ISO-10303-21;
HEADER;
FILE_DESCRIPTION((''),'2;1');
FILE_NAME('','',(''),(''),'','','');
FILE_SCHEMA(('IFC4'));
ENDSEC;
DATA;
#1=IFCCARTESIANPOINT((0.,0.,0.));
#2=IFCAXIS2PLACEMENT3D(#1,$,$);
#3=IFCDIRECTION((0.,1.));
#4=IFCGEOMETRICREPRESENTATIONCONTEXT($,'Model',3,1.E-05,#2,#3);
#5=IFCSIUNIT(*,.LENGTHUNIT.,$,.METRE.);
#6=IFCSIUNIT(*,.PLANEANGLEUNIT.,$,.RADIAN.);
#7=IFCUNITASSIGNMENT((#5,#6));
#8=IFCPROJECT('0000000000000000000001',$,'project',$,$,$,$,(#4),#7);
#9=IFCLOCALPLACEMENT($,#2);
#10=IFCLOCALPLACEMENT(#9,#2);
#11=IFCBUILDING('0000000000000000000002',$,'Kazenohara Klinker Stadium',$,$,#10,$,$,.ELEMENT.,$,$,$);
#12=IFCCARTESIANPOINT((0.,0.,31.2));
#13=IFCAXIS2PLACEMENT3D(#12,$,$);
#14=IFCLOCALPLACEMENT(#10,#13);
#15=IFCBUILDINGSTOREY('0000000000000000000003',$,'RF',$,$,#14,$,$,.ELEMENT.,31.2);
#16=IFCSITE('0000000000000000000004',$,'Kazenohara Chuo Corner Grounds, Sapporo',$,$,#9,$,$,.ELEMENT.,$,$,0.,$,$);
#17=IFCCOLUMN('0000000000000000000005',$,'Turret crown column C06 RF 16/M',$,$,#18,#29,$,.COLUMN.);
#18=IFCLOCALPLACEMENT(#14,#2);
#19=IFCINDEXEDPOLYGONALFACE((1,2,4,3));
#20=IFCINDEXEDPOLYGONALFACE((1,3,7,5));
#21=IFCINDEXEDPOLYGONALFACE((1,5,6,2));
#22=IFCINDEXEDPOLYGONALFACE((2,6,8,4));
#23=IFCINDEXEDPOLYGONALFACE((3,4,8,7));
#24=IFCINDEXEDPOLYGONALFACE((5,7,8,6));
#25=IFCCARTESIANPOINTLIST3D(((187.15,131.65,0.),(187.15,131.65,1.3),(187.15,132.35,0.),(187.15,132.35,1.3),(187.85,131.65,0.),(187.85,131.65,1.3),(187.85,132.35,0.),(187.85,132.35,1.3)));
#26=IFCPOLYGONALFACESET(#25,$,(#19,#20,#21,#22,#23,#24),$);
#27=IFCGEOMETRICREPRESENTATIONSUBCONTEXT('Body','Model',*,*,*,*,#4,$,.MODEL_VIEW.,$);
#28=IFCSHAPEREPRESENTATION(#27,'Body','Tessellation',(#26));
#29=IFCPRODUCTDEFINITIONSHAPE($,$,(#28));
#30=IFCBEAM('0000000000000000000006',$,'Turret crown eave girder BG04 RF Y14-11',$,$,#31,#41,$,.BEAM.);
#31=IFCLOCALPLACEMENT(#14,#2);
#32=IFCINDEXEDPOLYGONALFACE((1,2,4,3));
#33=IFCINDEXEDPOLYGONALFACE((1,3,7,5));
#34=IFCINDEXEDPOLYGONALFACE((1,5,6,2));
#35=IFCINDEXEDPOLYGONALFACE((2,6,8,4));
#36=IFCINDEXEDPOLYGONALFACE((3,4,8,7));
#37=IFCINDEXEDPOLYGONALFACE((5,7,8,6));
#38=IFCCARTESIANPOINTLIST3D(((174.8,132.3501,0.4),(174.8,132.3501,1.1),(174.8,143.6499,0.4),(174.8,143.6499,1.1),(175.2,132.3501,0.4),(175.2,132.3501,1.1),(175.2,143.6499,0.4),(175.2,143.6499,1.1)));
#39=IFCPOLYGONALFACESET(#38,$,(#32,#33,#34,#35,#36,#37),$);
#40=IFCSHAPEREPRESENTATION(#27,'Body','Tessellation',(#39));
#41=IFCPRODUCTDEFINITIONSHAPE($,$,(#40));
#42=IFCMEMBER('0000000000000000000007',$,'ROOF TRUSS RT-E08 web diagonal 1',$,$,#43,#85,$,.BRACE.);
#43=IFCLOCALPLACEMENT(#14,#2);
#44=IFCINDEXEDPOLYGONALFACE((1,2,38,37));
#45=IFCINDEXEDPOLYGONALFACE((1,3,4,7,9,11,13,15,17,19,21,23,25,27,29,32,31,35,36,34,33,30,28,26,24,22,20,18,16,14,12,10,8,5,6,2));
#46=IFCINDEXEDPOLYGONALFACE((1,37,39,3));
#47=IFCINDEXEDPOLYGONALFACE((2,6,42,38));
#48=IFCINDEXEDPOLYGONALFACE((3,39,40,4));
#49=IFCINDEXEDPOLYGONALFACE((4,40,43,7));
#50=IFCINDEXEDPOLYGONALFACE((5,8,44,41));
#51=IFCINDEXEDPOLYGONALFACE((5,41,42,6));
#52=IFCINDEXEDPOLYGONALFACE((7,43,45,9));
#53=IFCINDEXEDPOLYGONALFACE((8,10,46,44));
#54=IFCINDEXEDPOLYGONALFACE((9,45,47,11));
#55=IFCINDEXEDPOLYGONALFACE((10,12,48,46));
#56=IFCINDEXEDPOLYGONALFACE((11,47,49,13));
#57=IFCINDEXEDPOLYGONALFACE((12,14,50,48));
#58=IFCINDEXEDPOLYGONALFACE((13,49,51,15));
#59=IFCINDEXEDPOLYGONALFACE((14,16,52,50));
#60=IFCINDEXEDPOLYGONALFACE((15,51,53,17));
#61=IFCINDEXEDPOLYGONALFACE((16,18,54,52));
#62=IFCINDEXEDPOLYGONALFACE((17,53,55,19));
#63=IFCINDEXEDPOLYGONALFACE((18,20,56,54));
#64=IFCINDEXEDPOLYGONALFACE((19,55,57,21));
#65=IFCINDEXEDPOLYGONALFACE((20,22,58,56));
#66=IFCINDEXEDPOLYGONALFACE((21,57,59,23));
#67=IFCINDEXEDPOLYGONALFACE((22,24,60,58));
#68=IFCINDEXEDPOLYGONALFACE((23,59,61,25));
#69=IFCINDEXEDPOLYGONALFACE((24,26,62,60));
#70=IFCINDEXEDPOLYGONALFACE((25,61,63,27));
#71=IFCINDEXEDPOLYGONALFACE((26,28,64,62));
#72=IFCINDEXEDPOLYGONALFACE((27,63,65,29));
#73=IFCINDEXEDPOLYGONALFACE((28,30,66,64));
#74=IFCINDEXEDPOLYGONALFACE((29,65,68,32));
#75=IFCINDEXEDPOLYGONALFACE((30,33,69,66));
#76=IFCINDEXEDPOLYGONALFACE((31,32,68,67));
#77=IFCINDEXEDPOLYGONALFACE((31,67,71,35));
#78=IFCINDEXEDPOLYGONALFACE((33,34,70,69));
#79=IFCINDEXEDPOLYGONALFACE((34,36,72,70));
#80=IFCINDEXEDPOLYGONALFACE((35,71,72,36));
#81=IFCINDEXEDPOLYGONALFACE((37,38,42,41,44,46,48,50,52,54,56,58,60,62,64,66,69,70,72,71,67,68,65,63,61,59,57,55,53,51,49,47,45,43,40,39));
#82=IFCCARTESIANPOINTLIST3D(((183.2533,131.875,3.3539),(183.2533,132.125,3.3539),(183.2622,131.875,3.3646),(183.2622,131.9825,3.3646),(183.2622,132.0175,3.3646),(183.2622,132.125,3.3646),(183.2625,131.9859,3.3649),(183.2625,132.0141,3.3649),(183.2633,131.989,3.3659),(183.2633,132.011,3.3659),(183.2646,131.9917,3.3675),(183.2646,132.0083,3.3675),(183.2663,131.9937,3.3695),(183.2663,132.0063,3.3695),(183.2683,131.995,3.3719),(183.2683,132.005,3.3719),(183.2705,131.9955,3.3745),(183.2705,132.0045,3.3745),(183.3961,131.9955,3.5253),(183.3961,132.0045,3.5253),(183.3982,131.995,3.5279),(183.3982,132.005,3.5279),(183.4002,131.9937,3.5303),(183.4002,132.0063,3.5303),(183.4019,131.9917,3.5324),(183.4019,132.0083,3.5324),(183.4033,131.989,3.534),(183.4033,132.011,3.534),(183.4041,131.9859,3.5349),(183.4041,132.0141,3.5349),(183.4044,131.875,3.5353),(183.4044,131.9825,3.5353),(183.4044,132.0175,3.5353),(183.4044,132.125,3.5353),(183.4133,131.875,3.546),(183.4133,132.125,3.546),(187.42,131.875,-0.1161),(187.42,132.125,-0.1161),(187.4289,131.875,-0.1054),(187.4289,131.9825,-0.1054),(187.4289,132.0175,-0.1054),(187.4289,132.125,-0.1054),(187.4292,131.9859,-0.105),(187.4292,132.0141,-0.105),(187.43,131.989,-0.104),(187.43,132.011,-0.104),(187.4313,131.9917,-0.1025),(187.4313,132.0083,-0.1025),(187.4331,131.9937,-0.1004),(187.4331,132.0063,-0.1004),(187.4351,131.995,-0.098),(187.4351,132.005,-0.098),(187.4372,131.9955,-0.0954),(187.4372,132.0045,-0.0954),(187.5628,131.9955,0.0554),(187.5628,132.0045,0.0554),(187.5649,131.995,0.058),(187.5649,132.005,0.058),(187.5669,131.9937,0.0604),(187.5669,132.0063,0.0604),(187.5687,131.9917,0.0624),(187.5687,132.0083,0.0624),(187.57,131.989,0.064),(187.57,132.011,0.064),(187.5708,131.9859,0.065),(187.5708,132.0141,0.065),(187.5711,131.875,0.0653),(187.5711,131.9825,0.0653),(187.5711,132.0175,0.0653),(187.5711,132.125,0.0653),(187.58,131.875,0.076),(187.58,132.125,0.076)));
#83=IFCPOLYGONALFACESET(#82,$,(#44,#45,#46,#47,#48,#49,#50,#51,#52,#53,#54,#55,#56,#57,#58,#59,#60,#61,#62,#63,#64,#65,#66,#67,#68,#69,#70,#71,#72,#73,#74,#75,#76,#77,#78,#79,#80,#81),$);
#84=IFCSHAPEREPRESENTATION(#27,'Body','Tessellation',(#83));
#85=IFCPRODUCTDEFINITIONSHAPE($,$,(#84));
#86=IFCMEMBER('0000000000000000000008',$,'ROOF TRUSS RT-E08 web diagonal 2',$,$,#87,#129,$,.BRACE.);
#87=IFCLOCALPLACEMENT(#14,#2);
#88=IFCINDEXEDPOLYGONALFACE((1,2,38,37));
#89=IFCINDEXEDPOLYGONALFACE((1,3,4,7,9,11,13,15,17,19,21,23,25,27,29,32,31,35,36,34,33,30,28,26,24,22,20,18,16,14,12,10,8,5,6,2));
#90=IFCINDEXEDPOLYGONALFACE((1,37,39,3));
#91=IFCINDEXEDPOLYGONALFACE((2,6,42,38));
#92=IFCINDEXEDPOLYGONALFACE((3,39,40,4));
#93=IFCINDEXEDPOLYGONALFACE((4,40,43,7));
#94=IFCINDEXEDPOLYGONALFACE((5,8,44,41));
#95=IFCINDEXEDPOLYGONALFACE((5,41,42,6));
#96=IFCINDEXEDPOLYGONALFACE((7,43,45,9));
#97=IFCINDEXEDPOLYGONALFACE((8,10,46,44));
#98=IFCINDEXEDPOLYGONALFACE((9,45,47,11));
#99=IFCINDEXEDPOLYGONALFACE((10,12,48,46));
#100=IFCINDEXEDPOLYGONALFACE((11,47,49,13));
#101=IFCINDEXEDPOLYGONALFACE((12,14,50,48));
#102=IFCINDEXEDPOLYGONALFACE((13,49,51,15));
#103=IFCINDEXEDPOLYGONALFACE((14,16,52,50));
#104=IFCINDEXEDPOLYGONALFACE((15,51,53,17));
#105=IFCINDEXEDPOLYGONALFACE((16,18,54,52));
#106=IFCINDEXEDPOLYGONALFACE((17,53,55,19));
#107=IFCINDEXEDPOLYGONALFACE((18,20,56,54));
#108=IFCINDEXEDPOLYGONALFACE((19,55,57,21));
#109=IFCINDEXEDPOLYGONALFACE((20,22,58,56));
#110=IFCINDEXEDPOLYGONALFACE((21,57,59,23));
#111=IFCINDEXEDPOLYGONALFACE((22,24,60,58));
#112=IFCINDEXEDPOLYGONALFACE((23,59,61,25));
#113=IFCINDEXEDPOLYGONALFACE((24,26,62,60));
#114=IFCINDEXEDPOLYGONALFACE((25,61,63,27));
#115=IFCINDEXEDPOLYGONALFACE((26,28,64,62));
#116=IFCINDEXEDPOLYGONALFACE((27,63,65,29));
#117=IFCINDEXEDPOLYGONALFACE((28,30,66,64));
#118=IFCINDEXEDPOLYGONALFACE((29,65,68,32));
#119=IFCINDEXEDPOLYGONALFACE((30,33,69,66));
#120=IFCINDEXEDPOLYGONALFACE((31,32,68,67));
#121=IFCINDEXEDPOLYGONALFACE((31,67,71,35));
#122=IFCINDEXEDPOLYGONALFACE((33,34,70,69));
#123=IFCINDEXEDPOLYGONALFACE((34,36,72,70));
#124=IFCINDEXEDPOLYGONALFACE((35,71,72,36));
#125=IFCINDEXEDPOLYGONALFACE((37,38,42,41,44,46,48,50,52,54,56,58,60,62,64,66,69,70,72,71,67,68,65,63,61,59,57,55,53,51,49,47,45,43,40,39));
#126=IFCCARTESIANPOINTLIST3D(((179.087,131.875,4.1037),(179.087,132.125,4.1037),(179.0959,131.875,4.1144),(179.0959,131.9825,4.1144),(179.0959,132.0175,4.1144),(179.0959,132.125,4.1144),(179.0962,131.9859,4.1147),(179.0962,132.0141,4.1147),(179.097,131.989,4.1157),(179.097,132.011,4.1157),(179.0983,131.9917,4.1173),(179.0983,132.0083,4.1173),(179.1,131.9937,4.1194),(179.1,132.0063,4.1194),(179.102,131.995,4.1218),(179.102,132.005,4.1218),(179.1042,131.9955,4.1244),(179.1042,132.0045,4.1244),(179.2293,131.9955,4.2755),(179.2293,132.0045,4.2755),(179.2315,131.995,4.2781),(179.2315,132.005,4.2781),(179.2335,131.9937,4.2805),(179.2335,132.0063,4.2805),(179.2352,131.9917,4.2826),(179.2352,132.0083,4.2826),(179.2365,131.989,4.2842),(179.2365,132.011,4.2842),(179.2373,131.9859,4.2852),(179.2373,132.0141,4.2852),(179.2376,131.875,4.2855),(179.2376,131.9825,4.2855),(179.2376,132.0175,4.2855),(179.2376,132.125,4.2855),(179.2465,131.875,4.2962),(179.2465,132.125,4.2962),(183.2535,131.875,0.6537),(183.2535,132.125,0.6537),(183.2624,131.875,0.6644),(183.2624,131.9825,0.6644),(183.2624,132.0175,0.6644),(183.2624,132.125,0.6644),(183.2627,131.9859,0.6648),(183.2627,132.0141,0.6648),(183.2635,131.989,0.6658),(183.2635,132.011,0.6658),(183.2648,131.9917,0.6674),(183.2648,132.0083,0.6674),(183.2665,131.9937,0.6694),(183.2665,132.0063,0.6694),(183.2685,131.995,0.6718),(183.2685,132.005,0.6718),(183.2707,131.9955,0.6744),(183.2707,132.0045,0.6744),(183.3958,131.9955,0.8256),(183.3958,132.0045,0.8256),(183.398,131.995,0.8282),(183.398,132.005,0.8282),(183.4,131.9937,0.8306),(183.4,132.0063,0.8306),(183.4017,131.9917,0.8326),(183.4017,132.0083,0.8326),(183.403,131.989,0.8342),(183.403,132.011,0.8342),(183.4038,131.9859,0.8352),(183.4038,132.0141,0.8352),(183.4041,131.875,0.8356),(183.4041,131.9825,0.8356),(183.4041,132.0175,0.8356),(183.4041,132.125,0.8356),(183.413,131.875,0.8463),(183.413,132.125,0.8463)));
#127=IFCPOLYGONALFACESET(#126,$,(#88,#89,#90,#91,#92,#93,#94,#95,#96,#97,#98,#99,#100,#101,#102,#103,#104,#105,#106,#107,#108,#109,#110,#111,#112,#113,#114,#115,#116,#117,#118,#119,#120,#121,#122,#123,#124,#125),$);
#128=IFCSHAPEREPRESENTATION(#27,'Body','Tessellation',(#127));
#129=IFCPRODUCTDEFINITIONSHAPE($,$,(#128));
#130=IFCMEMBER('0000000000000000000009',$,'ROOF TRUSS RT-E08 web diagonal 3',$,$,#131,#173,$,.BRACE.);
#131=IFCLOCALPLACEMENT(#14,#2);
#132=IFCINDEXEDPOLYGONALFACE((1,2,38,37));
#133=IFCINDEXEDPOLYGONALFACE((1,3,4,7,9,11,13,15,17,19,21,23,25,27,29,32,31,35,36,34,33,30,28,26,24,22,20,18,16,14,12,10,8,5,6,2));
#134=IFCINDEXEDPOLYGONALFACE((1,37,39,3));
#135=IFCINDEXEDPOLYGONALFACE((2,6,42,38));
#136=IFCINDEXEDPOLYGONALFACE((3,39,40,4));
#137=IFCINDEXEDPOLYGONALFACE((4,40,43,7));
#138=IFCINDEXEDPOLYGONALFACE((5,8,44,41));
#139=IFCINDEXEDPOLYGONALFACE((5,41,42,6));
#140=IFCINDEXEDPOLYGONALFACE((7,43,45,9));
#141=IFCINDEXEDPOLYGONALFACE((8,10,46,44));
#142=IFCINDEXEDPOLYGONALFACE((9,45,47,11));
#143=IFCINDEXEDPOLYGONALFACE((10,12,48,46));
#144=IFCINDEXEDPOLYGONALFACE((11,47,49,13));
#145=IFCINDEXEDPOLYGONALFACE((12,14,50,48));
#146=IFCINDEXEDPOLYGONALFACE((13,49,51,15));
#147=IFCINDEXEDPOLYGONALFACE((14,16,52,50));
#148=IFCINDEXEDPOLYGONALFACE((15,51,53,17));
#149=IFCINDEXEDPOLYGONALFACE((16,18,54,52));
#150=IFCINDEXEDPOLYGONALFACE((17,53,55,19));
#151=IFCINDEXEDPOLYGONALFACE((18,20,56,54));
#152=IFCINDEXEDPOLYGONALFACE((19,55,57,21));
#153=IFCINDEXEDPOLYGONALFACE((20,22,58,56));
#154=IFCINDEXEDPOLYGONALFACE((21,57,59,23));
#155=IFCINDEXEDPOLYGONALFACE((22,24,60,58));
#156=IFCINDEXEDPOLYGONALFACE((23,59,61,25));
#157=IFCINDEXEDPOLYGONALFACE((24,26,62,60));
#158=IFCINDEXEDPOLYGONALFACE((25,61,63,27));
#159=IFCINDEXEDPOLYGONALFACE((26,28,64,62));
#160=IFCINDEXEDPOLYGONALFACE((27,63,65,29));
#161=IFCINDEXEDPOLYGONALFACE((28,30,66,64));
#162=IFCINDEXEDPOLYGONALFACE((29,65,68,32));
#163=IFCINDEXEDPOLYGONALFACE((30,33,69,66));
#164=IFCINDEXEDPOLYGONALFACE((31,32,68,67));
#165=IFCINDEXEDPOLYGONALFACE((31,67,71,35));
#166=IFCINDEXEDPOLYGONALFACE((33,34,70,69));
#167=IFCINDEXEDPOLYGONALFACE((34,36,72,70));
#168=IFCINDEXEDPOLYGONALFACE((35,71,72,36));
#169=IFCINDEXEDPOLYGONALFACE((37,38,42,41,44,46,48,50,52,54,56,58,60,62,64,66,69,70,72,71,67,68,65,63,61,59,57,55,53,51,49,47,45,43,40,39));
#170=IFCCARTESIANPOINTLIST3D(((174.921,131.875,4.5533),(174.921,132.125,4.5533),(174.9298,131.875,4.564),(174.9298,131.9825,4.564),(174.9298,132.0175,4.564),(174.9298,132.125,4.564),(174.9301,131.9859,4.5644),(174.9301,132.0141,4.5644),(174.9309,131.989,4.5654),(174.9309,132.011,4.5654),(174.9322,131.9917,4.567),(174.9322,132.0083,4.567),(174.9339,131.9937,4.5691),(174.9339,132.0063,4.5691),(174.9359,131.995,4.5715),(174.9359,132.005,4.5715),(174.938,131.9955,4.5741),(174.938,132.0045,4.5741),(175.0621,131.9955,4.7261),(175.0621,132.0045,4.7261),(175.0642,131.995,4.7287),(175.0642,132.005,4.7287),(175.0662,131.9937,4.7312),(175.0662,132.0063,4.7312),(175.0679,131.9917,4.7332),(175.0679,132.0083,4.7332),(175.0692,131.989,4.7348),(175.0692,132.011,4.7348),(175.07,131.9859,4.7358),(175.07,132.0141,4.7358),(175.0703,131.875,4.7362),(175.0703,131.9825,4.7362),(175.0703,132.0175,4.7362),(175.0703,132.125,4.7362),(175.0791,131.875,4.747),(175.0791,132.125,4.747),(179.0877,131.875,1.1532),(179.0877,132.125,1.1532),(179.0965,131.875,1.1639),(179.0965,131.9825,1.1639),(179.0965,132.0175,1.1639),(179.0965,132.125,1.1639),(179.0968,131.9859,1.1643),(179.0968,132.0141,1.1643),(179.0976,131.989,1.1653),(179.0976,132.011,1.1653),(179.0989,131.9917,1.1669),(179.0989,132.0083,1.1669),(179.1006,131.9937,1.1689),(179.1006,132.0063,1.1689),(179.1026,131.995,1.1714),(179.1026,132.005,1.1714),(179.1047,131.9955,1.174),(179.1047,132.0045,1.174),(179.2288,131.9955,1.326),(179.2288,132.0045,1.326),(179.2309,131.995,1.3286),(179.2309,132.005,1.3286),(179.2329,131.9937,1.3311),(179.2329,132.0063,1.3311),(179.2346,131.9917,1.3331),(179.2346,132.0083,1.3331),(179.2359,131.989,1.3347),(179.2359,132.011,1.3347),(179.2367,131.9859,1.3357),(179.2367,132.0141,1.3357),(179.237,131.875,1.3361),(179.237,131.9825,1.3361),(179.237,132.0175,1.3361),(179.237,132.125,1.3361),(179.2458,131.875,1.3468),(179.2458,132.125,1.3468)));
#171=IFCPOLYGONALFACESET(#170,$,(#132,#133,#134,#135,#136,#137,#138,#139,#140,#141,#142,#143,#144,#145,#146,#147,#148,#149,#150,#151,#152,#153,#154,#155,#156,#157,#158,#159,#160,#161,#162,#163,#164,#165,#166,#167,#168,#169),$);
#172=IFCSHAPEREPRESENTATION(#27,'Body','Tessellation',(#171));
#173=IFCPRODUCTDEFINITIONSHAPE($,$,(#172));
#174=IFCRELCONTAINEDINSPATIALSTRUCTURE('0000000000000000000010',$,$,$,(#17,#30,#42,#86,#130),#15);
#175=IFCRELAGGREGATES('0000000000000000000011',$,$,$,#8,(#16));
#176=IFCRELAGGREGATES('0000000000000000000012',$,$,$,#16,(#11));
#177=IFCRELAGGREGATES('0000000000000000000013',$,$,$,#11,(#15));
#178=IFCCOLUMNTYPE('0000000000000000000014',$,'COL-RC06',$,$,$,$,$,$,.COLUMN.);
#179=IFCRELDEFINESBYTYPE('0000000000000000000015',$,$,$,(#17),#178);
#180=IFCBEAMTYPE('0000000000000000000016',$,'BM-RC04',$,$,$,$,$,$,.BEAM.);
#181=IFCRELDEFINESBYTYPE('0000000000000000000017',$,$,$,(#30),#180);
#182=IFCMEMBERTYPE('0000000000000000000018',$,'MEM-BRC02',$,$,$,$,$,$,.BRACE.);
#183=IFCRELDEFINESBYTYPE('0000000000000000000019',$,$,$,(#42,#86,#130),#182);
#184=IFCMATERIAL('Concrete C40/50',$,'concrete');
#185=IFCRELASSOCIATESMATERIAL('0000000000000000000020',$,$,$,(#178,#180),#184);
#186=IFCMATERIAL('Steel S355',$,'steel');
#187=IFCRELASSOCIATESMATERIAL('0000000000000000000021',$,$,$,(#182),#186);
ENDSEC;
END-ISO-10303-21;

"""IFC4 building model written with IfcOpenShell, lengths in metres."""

from ifc_helpers import new_model, si_unit, direction, frame, origin, origin_2d, place, context, subcontext, project, spatial, rectangle, i_section, extrude, material, material_profile, profile_set, type_object, element, save


model = new_model("IFC4")

# Units and contexts
model_context = context("Model", 3, precision=1e-05, world=origin(), true_north=direction((0.0, 1.0)))
body_context = subcontext(model_context, "Body", "Model", "MODEL_VIEW")
ifc_project = project(units=[si_unit("LENGTHUNIT", "METRE"), si_unit("PLANEANGLEUNIT", "RADIAN")], contexts=[model_context])

# Site, building, storey
site_placement = place(None, origin())
site = spatial("IfcSite", under=ifc_project, at=site_placement, Name="Kazenohara Chuo Corner Grounds, Sapporo", CompositionType="ELEMENT", RefElevation=0.0)
building_placement = place(site_placement, origin())
building = spatial("IfcBuilding", under=site, at=building_placement, Name="Kazenohara Klinker Stadium", CompositionType="ELEMENT")
storey_placement = place(building_placement, frame((0.0, 0.0, 31.2)))
storey = spatial("IfcBuildingStorey", under=building, at=storey_placement, Name="RF", CompositionType="ELEMENT", Elevation=31.2)

# Column
ifc_material_1 = material(Name="Concrete C40/50", Category="concrete")
ifc_material_profile_1 = material_profile(ifc_material_1, rectangle(XDim=0.7, YDim=0.7, at=origin_2d()), Name="RC-COL-700x700")
ifc_profile_set_1 = profile_set([ifc_material_profile_1], Name="Concrete C40/50")
column_type = type_object("IfcColumnType", Name="COL-RC06", PredefinedType="COLUMN", material=ifc_profile_set_1)
column_placement = place(storey_placement, frame((187.5, 132.0, 0.0), z_axis=(0.0, 0.0, 1.0), x_axis=(1.0, 0.0, 0.0)))
element("IfcColumn", 1, at=column_placement, inside=storey, type_object=column_type, Name="Turret crown column C06 RF 16/M", PredefinedType="COLUMN", context=body_context, shape_type="SweptSolid", body=[
    extrude(rectangle(XDim=0.7, YDim=0.7, at=origin_2d()), origin(), (0.0, 0.0, 1.0), 1.3),
])

# Beam
ifc_material_profile_2 = material_profile(ifc_material_1, rectangle(XDim=0.3999, YDim=0.7, at=origin_2d()), Name="RC-BM-400x700")
ifc_profile_set_2 = profile_set([ifc_material_profile_2], Name="Concrete C40/50")
beam_type_1 = type_object("IfcBeamType", Name="BM-RC04", PredefinedType="BEAM", material=ifc_profile_set_2)
beam_1_placement = place(storey_placement, frame((175.0, 132.3501, 0.75), z_axis=(0.0, 1.0, 0.0), x_axis=(-1.0, 0.0, 0.0)))
element("IfcBeam", 2, at=beam_1_placement, inside=storey, type_object=beam_type_1, Name="Turret crown eave girder BG04 RF Y14-11", PredefinedType="BEAM", context=body_context, shape_type="SweptSolid", body=[
    extrude(rectangle(XDim=0.3999, YDim=0.7, at=origin_2d()), origin(), (0.0, 0.0, 1.0), 11.2998),
])

# Members
ifc_material_2 = material(Name="Steel S355", Category="steel")
ifc_material_profile_3 = material_profile(ifc_material_2, i_section(OverallWidth=0.25, OverallDepth=0.25, WebThickness=0.009, FlangeThickness=0.0139, FilletRadius=0.0129, at=origin_2d()), Name="H-250x250x9x14")
ifc_profile_set_3 = profile_set([ifc_material_profile_3], Name="Steel S355")
member_type_1 = type_object("IfcMemberType", Name="MEM-BRC02", PredefinedType="BRACE", material=ifc_profile_set_3)
member_1_placement = place(storey_placement, frame((187.5, 132.0, -0.02), z_axis=(-0.768432, 0.0, 0.639932), x_axis=(0.0, -1.0, 0.0)))
element("IfcMember", 3, at=member_1_placement, inside=storey, type_object=member_type_1, Name="ROOF TRUSS RT-E08 web diagonal 1", PredefinedType="BRACE", context=body_context, shape_type="SweptSolid", body=[
    extrude(i_section(OverallWidth=0.25, OverallDepth=0.25, WebThickness=0.009, FlangeThickness=0.0139, FilletRadius=0.0129, at=origin_2d()), origin(), (0.0, 0.0, 1.0), 5.4224),
])
member_2_placement = place(storey_placement, frame((183.3333, 132.0, 0.75), z_axis=(-0.77023, 0.0, 0.637766), x_axis=(0.0, -1.0, 0.0)))
element("IfcMember", 4, at=member_2_placement, inside=storey, type_object=member_type_1, Name="ROOF TRUSS RT-E08 web diagonal 2", PredefinedType="BRACE", context=body_context, shape_type="SweptSolid", body=[
    extrude(i_section(OverallWidth=0.25, OverallDepth=0.25, WebThickness=0.009, FlangeThickness=0.0139, FilletRadius=0.0129, at=origin_2d()), origin(), (0.0, 0.0, 1.0), 5.4094),
])
member_3_placement = place(storey_placement, frame((179.1667, 132.0, 1.25), z_axis=(-0.774778, 0.0, 0.632234), x_axis=(0.0, -1.0, 0.0)))
element("IfcMember", 5, at=member_3_placement, inside=storey, type_object=member_type_1, Name="ROOF TRUSS RT-E08 web diagonal 3", PredefinedType="BRACE", context=body_context, shape_type="SweptSolid", body=[
    extrude(i_section(OverallWidth=0.25, OverallDepth=0.25, WebThickness=0.009, FlangeThickness=0.0139, FilletRadius=0.0129, at=origin_2d()), origin(), (0.0, 0.0, 1.0), 5.3779),
])

save(model, "model.ifc")
